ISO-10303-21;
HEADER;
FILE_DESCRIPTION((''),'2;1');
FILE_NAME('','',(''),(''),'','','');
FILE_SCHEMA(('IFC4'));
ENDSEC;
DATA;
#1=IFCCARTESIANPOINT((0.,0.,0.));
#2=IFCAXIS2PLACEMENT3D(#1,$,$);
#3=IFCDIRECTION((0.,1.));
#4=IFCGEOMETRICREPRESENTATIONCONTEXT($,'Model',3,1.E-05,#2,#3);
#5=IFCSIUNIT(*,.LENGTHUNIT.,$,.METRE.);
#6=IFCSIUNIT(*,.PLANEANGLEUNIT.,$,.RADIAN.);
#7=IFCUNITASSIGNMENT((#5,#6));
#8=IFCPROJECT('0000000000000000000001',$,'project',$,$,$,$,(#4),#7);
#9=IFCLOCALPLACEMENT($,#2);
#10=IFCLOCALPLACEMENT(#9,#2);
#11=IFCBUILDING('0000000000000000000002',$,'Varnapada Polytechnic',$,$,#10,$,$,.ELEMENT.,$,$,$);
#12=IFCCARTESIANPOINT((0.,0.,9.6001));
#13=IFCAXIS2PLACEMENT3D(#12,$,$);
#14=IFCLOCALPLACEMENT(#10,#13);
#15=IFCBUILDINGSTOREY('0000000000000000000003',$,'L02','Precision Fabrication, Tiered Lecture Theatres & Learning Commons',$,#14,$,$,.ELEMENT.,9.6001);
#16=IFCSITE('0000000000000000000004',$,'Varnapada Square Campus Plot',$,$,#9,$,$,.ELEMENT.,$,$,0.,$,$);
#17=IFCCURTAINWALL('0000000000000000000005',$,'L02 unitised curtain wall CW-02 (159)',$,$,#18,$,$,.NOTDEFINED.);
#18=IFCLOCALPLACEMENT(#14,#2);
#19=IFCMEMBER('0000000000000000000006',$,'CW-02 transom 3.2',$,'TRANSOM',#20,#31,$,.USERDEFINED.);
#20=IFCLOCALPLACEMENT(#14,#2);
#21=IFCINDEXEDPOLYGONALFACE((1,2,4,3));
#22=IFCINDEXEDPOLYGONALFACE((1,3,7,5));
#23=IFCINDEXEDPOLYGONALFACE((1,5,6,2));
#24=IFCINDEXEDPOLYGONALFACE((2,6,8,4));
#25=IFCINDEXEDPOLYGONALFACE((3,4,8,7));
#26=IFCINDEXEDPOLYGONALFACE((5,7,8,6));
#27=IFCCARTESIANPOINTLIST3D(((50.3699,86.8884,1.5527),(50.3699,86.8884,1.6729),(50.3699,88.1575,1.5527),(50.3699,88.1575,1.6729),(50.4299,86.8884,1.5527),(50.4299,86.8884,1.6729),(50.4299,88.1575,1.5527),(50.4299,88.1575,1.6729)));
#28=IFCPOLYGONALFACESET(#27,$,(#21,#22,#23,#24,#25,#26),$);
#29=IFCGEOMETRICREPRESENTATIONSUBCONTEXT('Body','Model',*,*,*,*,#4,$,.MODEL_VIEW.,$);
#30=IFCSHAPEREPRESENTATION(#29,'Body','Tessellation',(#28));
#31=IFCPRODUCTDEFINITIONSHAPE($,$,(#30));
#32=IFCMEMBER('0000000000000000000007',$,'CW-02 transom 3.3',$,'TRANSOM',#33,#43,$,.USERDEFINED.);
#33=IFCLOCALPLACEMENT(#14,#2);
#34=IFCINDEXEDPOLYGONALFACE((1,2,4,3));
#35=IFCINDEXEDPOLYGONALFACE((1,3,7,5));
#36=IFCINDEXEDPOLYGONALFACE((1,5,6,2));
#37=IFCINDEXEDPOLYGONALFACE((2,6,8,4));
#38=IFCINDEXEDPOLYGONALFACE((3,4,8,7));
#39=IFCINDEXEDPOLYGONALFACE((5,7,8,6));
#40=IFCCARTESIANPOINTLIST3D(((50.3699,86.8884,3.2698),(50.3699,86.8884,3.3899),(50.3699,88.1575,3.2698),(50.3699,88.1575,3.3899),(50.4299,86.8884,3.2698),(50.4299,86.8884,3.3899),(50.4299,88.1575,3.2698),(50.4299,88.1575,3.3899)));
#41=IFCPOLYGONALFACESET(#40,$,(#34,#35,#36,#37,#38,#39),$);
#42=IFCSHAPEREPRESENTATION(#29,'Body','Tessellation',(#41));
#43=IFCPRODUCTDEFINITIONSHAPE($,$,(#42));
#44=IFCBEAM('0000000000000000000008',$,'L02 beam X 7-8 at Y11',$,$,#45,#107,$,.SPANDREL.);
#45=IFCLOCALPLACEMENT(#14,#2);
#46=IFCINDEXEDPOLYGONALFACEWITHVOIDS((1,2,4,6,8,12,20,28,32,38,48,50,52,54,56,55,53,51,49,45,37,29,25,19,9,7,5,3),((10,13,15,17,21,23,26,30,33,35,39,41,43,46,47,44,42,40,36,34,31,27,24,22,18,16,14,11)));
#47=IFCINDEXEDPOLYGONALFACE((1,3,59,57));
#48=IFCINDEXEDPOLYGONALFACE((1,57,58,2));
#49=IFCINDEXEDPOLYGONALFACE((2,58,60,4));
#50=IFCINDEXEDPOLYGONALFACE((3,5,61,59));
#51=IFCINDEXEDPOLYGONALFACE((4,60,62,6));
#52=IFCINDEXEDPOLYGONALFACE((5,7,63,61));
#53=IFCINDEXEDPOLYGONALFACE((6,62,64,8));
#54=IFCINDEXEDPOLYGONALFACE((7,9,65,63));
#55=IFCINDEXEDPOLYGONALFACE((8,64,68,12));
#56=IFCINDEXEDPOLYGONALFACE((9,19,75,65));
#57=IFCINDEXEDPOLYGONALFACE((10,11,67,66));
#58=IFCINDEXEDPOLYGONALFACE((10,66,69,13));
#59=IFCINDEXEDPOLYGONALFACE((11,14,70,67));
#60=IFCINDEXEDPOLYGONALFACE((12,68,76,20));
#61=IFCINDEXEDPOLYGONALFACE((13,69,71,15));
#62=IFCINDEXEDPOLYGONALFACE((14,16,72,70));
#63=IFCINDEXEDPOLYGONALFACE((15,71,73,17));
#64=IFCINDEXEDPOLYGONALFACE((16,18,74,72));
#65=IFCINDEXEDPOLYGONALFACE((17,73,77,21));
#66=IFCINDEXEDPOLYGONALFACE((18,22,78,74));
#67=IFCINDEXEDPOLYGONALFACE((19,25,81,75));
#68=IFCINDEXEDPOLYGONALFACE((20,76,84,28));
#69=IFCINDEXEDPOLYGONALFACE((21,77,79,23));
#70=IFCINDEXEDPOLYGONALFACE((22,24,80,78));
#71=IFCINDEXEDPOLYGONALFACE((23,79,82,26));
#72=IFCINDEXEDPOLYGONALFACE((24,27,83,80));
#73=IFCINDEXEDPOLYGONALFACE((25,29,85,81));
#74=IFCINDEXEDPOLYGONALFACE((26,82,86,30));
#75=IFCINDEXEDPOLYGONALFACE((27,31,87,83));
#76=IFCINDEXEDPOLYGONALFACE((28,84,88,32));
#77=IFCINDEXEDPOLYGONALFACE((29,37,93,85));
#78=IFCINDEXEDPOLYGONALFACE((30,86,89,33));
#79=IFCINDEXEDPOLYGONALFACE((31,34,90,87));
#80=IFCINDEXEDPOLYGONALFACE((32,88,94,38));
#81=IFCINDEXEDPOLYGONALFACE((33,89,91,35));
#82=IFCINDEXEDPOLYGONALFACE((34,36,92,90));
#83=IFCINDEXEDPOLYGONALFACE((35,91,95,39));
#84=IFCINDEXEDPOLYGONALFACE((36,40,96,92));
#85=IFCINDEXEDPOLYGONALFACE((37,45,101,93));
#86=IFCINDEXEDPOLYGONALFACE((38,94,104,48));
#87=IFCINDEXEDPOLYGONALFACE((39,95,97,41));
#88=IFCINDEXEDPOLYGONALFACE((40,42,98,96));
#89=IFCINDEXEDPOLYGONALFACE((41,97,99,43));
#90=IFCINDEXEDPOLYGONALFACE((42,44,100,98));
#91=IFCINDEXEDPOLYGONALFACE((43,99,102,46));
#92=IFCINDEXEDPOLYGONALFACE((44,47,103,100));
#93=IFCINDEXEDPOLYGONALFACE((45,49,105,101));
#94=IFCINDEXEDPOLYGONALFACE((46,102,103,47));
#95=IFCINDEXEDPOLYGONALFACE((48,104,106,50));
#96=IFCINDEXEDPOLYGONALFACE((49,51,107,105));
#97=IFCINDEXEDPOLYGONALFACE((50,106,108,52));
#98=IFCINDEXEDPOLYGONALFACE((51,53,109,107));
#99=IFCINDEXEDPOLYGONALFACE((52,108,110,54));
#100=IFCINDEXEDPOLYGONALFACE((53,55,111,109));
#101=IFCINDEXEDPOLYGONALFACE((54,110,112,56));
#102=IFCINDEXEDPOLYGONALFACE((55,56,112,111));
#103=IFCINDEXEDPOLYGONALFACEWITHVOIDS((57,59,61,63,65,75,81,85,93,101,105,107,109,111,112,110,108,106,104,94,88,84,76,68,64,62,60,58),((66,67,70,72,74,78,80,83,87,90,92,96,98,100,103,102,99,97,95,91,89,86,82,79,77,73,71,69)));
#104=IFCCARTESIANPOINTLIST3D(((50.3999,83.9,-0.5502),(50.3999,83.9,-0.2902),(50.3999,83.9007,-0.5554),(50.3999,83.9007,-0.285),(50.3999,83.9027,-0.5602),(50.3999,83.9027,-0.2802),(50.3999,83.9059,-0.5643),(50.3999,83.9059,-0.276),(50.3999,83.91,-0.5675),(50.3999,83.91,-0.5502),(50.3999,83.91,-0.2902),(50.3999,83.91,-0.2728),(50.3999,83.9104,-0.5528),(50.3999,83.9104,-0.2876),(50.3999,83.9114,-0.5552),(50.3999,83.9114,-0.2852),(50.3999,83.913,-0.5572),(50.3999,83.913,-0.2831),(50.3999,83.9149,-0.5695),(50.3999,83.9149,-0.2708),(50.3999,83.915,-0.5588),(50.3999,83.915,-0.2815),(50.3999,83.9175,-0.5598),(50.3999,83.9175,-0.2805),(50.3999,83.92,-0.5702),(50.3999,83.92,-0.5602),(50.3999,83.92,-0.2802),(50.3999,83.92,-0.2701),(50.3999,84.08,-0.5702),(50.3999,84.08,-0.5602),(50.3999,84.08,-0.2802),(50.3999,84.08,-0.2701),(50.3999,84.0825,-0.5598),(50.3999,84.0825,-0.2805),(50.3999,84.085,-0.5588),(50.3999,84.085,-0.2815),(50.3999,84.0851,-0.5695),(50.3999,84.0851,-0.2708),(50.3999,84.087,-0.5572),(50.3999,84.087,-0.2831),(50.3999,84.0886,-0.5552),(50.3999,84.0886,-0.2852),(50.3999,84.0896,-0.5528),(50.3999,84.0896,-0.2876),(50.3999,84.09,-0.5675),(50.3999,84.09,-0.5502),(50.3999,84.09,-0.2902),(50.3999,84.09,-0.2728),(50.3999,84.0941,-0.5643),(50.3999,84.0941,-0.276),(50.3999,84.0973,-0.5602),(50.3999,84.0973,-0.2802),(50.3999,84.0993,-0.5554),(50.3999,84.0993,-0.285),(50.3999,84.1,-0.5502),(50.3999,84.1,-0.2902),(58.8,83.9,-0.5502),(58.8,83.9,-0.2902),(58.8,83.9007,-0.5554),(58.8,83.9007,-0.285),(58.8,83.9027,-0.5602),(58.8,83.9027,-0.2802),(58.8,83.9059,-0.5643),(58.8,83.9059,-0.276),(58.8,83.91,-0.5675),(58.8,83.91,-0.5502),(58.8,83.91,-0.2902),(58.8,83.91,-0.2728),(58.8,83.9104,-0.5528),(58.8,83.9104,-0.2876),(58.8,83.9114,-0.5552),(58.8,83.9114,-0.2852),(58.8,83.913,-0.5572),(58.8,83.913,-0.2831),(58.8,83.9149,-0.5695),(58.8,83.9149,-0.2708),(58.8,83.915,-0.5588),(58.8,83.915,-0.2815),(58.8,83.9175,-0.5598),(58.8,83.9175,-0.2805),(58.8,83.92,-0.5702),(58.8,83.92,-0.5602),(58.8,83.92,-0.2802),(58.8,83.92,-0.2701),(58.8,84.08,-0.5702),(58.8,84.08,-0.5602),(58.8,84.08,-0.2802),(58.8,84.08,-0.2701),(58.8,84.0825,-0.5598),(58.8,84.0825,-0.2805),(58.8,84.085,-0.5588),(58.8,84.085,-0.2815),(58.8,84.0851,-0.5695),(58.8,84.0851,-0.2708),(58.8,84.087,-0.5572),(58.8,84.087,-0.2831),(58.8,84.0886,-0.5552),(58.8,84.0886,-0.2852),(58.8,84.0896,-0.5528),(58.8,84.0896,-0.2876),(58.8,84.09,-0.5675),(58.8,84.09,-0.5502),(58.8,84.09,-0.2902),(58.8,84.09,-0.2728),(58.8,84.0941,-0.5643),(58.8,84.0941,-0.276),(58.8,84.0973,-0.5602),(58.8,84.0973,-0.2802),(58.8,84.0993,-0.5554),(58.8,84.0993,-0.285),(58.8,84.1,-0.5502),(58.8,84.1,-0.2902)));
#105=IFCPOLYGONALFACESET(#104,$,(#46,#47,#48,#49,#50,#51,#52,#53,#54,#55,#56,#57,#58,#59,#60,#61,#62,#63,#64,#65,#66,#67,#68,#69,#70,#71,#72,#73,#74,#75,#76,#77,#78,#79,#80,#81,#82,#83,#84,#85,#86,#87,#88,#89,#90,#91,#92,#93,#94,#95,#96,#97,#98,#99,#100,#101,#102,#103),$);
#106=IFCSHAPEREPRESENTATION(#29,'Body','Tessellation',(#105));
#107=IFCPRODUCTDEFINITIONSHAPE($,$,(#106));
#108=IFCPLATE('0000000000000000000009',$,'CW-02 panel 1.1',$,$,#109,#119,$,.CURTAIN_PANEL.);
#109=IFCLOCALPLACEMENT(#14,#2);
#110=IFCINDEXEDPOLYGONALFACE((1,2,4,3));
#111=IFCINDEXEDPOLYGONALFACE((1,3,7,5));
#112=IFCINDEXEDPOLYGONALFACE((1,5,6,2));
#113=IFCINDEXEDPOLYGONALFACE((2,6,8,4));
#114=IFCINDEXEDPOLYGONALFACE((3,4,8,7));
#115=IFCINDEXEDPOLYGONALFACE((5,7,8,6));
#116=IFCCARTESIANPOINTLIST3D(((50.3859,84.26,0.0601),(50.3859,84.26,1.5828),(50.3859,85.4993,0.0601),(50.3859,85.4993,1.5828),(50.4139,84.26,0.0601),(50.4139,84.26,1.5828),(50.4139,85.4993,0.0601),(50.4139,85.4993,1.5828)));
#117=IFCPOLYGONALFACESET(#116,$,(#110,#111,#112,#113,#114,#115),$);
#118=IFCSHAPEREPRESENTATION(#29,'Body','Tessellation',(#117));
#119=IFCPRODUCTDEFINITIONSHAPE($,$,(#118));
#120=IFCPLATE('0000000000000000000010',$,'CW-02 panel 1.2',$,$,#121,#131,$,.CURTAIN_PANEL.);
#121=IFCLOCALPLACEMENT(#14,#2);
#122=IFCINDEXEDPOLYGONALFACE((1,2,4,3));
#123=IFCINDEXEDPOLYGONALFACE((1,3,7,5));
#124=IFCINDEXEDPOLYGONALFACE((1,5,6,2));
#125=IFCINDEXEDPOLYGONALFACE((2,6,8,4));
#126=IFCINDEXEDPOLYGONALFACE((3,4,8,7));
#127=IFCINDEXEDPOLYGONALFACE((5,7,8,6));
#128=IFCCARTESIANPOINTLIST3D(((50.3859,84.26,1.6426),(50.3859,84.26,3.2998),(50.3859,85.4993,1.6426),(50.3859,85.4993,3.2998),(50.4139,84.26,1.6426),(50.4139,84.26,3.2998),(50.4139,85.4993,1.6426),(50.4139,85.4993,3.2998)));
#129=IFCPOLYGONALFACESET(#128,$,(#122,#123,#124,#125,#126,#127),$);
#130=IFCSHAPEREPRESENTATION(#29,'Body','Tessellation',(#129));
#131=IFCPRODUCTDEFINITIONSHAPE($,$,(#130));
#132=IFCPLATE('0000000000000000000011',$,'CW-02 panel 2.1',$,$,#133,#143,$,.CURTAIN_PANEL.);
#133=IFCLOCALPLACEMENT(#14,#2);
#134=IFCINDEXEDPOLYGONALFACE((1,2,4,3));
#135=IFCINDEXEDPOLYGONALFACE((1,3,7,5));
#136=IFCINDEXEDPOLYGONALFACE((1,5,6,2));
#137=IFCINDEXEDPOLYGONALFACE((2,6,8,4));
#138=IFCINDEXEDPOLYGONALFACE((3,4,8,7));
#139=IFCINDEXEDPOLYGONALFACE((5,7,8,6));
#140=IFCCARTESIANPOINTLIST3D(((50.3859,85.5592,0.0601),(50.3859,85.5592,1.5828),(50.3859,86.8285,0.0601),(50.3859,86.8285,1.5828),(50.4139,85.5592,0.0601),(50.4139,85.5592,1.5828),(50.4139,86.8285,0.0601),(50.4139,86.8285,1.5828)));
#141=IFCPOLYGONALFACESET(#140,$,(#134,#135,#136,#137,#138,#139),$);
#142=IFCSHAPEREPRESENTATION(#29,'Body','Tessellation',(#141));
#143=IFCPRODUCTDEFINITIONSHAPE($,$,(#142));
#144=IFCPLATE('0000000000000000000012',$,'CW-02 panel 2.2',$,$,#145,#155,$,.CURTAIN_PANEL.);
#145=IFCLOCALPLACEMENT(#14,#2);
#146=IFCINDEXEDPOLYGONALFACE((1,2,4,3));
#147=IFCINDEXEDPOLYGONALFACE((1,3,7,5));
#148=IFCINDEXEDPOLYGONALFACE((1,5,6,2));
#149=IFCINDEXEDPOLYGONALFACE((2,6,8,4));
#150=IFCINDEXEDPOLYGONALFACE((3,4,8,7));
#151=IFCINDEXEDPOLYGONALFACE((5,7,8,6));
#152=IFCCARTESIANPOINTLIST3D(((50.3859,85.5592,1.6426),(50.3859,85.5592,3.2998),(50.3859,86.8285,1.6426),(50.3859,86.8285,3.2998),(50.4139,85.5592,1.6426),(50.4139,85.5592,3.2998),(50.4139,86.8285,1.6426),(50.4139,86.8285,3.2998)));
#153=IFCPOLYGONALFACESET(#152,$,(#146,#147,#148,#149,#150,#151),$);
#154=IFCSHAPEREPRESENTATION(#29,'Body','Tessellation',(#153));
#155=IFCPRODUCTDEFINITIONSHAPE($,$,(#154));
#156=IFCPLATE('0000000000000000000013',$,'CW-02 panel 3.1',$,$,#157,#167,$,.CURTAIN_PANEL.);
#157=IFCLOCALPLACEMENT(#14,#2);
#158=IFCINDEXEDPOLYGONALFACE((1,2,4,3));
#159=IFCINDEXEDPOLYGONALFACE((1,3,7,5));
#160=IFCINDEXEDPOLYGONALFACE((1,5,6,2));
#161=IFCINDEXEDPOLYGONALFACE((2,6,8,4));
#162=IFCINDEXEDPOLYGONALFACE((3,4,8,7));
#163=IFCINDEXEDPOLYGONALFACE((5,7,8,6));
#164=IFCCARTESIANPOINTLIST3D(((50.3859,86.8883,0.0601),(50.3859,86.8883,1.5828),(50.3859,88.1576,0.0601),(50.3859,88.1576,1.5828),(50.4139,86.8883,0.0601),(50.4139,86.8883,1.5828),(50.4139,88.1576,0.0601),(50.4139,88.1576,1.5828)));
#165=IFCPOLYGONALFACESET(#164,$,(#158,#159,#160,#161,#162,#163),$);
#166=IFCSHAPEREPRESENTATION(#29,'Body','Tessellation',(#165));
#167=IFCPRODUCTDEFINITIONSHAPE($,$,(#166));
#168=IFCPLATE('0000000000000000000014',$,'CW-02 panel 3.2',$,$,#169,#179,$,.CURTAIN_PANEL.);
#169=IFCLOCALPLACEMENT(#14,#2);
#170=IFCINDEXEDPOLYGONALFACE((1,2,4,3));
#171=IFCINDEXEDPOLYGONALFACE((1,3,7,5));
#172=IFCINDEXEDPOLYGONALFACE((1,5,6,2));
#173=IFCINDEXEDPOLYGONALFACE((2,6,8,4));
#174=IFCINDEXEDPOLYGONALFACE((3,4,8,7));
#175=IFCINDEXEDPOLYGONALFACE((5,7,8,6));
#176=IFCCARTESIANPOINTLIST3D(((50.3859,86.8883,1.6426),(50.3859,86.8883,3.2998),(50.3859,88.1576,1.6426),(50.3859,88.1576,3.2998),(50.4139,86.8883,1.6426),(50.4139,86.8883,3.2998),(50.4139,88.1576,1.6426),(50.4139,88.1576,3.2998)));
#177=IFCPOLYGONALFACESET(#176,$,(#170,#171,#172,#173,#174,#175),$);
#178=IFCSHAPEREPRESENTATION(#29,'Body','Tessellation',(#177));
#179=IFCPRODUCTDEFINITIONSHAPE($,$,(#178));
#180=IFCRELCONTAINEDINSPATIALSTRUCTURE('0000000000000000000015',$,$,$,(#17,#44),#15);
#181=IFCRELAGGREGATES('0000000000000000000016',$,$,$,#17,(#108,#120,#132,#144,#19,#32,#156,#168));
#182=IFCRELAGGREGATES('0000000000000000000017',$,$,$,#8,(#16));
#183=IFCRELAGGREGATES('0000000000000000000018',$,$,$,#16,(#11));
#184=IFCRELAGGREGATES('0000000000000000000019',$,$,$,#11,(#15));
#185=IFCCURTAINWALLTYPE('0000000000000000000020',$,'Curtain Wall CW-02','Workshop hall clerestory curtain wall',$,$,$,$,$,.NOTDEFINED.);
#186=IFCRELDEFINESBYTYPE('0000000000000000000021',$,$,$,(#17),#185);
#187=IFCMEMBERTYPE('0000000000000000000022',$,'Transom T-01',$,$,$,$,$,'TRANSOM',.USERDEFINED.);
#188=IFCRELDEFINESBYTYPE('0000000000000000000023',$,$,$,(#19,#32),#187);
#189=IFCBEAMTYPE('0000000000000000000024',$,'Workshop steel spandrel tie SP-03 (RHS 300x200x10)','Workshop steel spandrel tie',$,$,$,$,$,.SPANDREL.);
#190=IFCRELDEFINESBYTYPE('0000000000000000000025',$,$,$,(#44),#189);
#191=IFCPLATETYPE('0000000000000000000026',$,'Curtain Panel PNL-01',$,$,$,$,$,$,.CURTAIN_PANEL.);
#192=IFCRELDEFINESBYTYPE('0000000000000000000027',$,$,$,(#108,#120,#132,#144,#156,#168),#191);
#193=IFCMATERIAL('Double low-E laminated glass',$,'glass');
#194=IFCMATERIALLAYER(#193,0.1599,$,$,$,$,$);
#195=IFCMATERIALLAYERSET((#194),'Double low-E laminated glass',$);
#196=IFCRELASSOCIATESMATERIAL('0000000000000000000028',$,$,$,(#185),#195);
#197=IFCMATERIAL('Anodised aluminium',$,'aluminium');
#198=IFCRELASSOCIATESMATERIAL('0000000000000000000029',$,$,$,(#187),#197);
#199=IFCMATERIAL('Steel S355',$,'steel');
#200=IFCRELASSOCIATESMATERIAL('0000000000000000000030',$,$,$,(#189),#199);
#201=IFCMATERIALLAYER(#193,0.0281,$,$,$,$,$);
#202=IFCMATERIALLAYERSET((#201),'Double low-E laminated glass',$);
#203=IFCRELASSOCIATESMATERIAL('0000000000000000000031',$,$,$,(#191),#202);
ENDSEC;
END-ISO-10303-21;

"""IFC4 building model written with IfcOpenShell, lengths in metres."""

from ifc_helpers import new_model, si_unit, direction, frame, origin, origin_2d, place, context, subcontext, project, spatial, rectangle, hollow_rectangle, extrude, material, layer, layer_set, material_profile, profile_set, type_object, element, aggregate, save


model = new_model("IFC4")

# Units and contexts
model_context = context("Model", 3, precision=1e-05, world=origin(), true_north=direction((0.0, 1.0)))
body_context = subcontext(model_context, "Body", "Model", "MODEL_VIEW")
ifc_project = project(units=[si_unit("LENGTHUNIT", "METRE"), si_unit("PLANEANGLEUNIT", "RADIAN")], contexts=[model_context])

# Site, building, storey
site_placement = place(None, origin())
site = spatial("IfcSite", under=ifc_project, at=site_placement, Name="Varnapada Square Campus Plot", CompositionType="ELEMENT", RefElevation=0.0)
building_placement = place(site_placement, origin())
building = spatial("IfcBuilding", under=site, at=building_placement, Name="Varnapada Polytechnic", CompositionType="ELEMENT")
storey_placement = place(building_placement, frame((0.0, 0.0, 9.6001)))
storey = spatial("IfcBuildingStorey", under=building, at=storey_placement, Name="L02", Description="Precision Fabrication, Tiered Lecture Theatres & Learning Commons", CompositionType="ELEMENT", Elevation=9.6001)

# Curtain wall
ifc_material_1 = material(Name="Double low-E laminated glass", Category="glass")
ifc_layer_1 = layer(ifc_material_1, 0.1599)
ifc_layer_set_1 = layer_set([ifc_layer_1], Name="Double low-E laminated glass")
curtain_wall_type = type_object("IfcCurtainWallType", Name="Curtain Wall CW-02", Description="Workshop hall clerestory curtain wall", PredefinedType="NOTDEFINED", material=ifc_layer_set_1)
curtain_wall_placement = place(storey_placement, origin())
curtain_wall = element("IfcCurtainWall", 1, at=curtain_wall_placement, inside=storey, type_object=curtain_wall_type, Name="L02 unitised curtain wall CW-02 (159)", PredefinedType="NOTDEFINED")
ifc_material_2 = material(Name="Anodised aluminium", Category="aluminium")

# Shared definitions
ifc_material_3 = material(Name="Steel S355", Category="steel")

# Members
ifc_material_profile_1 = material_profile(ifc_material_2, rectangle(XDim=0.0601, YDim=0.1201, at=origin_2d()), Name="ALU T60x120")
ifc_profile_set_1 = profile_set([ifc_material_profile_1], Name="Anodised aluminium")
member_type_1 = type_object("IfcMemberType", Name="Transom T-01", ElementType="TRANSOM", PredefinedType="USERDEFINED", material=ifc_profile_set_1)
member_1_placement = place(storey_placement, frame((50.3999, 86.8884, 1.6128), z_axis=(0.0, 1.0, 0.0), x_axis=(-1.0, 0.0, 0.0)))
member_1 = element("IfcMember", 2, at=member_1_placement, type_object=member_type_1, Name="CW-02 transom 3.2", ObjectType="TRANSOM", PredefinedType="USERDEFINED", context=body_context, shape_type="SweptSolid", body=[
    extrude(rectangle(XDim=0.0601, YDim=0.1201, at=origin_2d()), origin(), (0.0, 0.0, 1.0), 1.269),
])
member_2_placement = place(storey_placement, frame((50.3999, 86.8884, 3.3298), z_axis=(0.0, 1.0, 0.0), x_axis=(-1.0, 0.0, 0.0)))
member_2 = element("IfcMember", 3, at=member_2_placement, type_object=member_type_1, Name="CW-02 transom 3.3", ObjectType="TRANSOM", PredefinedType="USERDEFINED", context=body_context, shape_type="SweptSolid", body=[
    extrude(rectangle(XDim=0.0601, YDim=0.1201, at=origin_2d()), origin(), (0.0, 0.0, 1.0), 1.269),
])

# Beam
ifc_material_profile_2 = material_profile(ifc_material_3, hollow_rectangle(XDim=0.2, YDim=0.3, WallThickness=0.01, InnerFilletRadius=0.01, OuterFilletRadius=0.02, at=origin_2d()), Name="RHS 300x200x10")
ifc_profile_set_2 = profile_set([ifc_material_profile_2], Name="Steel S355")
beam_type_1 = type_object("IfcBeamType", Name="Workshop steel spandrel tie SP-03 (RHS 300x200x10)", Description="Workshop steel spandrel tie", PredefinedType="SPANDREL", material=ifc_profile_set_2)
beam_1_placement = place(storey_placement, frame((50.3999, 84.0, -0.4202), z_axis=(1.0, 0.0, 0.0), x_axis=(0.0, 1.0, 0.0)))
element("IfcBeam", 4, at=beam_1_placement, inside=storey, type_object=beam_type_1, Name="L02 beam X 7-8 at Y11", PredefinedType="SPANDREL", context=body_context, shape_type="SweptSolid", body=[
    extrude(hollow_rectangle(XDim=0.2, YDim=0.3, WallThickness=0.01, InnerFilletRadius=0.01, OuterFilletRadius=0.02, at=origin_2d()), origin(), (0.0, 0.0, 1.0), 8.4001),
])

# Plates
ifc_layer_2 = layer(ifc_material_1, 0.0281)
ifc_layer_set_2 = layer_set([ifc_layer_2], Name="Double low-E laminated glass")
plate_type = type_object("IfcPlateType", Name="Curtain Panel PNL-01", PredefinedType="CURTAIN_PANEL", material=ifc_layer_set_2)
plate_1_placement = place(storey_placement, frame((50.3999, 84.8796, 0.0601), z_axis=(0.0, 0.0, 1.0), x_axis=(0.0, 1.0, 0.0)))
plate_1 = element("IfcPlate", 5, at=plate_1_placement, type_object=plate_type, Name="CW-02 panel 1.1", PredefinedType="CURTAIN_PANEL", context=body_context, shape_type="SweptSolid", body=[
    extrude(rectangle(XDim=1.2393, YDim=0.0281, at=origin_2d()), origin(), (0.0, 0.0, 1.0), 1.5227),
])
plate_2_placement = place(storey_placement, frame((50.3999, 84.8796, 1.6426), z_axis=(0.0, 0.0, 1.0), x_axis=(0.0, 1.0, 0.0)))
plate_2 = element("IfcPlate", 6, at=plate_2_placement, type_object=plate_type, Name="CW-02 panel 1.2", PredefinedType="CURTAIN_PANEL", context=body_context, shape_type="SweptSolid", body=[
    extrude(rectangle(XDim=1.2393, YDim=0.0281, at=origin_2d()), origin(), (0.0, 0.0, 1.0), 1.6572),
])
plate_3_placement = place(storey_placement, frame((50.3999, 86.1938, 0.0601), z_axis=(0.0, 0.0, 1.0), x_axis=(0.0, 1.0, 0.0)))
plate_3 = element("IfcPlate", 7, at=plate_3_placement, type_object=plate_type, Name="CW-02 panel 2.1", PredefinedType="CURTAIN_PANEL", context=body_context, shape_type="SweptSolid", body=[
    extrude(rectangle(XDim=1.2693, YDim=0.0281, at=origin_2d()), origin(), (0.0, 0.0, 1.0), 1.5227),
])
plate_4_placement = place(storey_placement, frame((50.3999, 86.1938, 1.6426), z_axis=(0.0, 0.0, 1.0), x_axis=(0.0, 1.0, 0.0)))
plate_4 = element("IfcPlate", 8, at=plate_4_placement, type_object=plate_type, Name="CW-02 panel 2.2", PredefinedType="CURTAIN_PANEL", context=body_context, shape_type="SweptSolid", body=[
    extrude(rectangle(XDim=1.2693, YDim=0.0281, at=origin_2d()), origin(), (0.0, 0.0, 1.0), 1.6572),
])
plate_5_placement = place(storey_placement, frame((50.3999, 87.5229, 0.0601), z_axis=(0.0, 0.0, 1.0), x_axis=(0.0, 1.0, 0.0)))
plate_5 = element("IfcPlate", 9, at=plate_5_placement, type_object=plate_type, Name="CW-02 panel 3.1", PredefinedType="CURTAIN_PANEL", context=body_context, shape_type="SweptSolid", body=[
    extrude(rectangle(XDim=1.2693, YDim=0.0281, at=origin_2d()), origin(), (0.0, 0.0, 1.0), 1.5227),
])
plate_6_placement = place(storey_placement, frame((50.3999, 87.5229, 1.6426), z_axis=(0.0, 0.0, 1.0), x_axis=(0.0, 1.0, 0.0)))
plate_6 = element("IfcPlate", 10, at=plate_6_placement, type_object=plate_type, Name="CW-02 panel 3.2", PredefinedType="CURTAIN_PANEL", context=body_context, shape_type="SweptSolid", body=[
    extrude(rectangle(XDim=1.2693, YDim=0.0281, at=origin_2d()), origin(), (0.0, 0.0, 1.0), 1.6572),
])
aggregate(curtain_wall, [plate_1, plate_2, plate_3, plate_4, member_1, member_2, plate_5, plate_6])

save(model, "model.ifc")
